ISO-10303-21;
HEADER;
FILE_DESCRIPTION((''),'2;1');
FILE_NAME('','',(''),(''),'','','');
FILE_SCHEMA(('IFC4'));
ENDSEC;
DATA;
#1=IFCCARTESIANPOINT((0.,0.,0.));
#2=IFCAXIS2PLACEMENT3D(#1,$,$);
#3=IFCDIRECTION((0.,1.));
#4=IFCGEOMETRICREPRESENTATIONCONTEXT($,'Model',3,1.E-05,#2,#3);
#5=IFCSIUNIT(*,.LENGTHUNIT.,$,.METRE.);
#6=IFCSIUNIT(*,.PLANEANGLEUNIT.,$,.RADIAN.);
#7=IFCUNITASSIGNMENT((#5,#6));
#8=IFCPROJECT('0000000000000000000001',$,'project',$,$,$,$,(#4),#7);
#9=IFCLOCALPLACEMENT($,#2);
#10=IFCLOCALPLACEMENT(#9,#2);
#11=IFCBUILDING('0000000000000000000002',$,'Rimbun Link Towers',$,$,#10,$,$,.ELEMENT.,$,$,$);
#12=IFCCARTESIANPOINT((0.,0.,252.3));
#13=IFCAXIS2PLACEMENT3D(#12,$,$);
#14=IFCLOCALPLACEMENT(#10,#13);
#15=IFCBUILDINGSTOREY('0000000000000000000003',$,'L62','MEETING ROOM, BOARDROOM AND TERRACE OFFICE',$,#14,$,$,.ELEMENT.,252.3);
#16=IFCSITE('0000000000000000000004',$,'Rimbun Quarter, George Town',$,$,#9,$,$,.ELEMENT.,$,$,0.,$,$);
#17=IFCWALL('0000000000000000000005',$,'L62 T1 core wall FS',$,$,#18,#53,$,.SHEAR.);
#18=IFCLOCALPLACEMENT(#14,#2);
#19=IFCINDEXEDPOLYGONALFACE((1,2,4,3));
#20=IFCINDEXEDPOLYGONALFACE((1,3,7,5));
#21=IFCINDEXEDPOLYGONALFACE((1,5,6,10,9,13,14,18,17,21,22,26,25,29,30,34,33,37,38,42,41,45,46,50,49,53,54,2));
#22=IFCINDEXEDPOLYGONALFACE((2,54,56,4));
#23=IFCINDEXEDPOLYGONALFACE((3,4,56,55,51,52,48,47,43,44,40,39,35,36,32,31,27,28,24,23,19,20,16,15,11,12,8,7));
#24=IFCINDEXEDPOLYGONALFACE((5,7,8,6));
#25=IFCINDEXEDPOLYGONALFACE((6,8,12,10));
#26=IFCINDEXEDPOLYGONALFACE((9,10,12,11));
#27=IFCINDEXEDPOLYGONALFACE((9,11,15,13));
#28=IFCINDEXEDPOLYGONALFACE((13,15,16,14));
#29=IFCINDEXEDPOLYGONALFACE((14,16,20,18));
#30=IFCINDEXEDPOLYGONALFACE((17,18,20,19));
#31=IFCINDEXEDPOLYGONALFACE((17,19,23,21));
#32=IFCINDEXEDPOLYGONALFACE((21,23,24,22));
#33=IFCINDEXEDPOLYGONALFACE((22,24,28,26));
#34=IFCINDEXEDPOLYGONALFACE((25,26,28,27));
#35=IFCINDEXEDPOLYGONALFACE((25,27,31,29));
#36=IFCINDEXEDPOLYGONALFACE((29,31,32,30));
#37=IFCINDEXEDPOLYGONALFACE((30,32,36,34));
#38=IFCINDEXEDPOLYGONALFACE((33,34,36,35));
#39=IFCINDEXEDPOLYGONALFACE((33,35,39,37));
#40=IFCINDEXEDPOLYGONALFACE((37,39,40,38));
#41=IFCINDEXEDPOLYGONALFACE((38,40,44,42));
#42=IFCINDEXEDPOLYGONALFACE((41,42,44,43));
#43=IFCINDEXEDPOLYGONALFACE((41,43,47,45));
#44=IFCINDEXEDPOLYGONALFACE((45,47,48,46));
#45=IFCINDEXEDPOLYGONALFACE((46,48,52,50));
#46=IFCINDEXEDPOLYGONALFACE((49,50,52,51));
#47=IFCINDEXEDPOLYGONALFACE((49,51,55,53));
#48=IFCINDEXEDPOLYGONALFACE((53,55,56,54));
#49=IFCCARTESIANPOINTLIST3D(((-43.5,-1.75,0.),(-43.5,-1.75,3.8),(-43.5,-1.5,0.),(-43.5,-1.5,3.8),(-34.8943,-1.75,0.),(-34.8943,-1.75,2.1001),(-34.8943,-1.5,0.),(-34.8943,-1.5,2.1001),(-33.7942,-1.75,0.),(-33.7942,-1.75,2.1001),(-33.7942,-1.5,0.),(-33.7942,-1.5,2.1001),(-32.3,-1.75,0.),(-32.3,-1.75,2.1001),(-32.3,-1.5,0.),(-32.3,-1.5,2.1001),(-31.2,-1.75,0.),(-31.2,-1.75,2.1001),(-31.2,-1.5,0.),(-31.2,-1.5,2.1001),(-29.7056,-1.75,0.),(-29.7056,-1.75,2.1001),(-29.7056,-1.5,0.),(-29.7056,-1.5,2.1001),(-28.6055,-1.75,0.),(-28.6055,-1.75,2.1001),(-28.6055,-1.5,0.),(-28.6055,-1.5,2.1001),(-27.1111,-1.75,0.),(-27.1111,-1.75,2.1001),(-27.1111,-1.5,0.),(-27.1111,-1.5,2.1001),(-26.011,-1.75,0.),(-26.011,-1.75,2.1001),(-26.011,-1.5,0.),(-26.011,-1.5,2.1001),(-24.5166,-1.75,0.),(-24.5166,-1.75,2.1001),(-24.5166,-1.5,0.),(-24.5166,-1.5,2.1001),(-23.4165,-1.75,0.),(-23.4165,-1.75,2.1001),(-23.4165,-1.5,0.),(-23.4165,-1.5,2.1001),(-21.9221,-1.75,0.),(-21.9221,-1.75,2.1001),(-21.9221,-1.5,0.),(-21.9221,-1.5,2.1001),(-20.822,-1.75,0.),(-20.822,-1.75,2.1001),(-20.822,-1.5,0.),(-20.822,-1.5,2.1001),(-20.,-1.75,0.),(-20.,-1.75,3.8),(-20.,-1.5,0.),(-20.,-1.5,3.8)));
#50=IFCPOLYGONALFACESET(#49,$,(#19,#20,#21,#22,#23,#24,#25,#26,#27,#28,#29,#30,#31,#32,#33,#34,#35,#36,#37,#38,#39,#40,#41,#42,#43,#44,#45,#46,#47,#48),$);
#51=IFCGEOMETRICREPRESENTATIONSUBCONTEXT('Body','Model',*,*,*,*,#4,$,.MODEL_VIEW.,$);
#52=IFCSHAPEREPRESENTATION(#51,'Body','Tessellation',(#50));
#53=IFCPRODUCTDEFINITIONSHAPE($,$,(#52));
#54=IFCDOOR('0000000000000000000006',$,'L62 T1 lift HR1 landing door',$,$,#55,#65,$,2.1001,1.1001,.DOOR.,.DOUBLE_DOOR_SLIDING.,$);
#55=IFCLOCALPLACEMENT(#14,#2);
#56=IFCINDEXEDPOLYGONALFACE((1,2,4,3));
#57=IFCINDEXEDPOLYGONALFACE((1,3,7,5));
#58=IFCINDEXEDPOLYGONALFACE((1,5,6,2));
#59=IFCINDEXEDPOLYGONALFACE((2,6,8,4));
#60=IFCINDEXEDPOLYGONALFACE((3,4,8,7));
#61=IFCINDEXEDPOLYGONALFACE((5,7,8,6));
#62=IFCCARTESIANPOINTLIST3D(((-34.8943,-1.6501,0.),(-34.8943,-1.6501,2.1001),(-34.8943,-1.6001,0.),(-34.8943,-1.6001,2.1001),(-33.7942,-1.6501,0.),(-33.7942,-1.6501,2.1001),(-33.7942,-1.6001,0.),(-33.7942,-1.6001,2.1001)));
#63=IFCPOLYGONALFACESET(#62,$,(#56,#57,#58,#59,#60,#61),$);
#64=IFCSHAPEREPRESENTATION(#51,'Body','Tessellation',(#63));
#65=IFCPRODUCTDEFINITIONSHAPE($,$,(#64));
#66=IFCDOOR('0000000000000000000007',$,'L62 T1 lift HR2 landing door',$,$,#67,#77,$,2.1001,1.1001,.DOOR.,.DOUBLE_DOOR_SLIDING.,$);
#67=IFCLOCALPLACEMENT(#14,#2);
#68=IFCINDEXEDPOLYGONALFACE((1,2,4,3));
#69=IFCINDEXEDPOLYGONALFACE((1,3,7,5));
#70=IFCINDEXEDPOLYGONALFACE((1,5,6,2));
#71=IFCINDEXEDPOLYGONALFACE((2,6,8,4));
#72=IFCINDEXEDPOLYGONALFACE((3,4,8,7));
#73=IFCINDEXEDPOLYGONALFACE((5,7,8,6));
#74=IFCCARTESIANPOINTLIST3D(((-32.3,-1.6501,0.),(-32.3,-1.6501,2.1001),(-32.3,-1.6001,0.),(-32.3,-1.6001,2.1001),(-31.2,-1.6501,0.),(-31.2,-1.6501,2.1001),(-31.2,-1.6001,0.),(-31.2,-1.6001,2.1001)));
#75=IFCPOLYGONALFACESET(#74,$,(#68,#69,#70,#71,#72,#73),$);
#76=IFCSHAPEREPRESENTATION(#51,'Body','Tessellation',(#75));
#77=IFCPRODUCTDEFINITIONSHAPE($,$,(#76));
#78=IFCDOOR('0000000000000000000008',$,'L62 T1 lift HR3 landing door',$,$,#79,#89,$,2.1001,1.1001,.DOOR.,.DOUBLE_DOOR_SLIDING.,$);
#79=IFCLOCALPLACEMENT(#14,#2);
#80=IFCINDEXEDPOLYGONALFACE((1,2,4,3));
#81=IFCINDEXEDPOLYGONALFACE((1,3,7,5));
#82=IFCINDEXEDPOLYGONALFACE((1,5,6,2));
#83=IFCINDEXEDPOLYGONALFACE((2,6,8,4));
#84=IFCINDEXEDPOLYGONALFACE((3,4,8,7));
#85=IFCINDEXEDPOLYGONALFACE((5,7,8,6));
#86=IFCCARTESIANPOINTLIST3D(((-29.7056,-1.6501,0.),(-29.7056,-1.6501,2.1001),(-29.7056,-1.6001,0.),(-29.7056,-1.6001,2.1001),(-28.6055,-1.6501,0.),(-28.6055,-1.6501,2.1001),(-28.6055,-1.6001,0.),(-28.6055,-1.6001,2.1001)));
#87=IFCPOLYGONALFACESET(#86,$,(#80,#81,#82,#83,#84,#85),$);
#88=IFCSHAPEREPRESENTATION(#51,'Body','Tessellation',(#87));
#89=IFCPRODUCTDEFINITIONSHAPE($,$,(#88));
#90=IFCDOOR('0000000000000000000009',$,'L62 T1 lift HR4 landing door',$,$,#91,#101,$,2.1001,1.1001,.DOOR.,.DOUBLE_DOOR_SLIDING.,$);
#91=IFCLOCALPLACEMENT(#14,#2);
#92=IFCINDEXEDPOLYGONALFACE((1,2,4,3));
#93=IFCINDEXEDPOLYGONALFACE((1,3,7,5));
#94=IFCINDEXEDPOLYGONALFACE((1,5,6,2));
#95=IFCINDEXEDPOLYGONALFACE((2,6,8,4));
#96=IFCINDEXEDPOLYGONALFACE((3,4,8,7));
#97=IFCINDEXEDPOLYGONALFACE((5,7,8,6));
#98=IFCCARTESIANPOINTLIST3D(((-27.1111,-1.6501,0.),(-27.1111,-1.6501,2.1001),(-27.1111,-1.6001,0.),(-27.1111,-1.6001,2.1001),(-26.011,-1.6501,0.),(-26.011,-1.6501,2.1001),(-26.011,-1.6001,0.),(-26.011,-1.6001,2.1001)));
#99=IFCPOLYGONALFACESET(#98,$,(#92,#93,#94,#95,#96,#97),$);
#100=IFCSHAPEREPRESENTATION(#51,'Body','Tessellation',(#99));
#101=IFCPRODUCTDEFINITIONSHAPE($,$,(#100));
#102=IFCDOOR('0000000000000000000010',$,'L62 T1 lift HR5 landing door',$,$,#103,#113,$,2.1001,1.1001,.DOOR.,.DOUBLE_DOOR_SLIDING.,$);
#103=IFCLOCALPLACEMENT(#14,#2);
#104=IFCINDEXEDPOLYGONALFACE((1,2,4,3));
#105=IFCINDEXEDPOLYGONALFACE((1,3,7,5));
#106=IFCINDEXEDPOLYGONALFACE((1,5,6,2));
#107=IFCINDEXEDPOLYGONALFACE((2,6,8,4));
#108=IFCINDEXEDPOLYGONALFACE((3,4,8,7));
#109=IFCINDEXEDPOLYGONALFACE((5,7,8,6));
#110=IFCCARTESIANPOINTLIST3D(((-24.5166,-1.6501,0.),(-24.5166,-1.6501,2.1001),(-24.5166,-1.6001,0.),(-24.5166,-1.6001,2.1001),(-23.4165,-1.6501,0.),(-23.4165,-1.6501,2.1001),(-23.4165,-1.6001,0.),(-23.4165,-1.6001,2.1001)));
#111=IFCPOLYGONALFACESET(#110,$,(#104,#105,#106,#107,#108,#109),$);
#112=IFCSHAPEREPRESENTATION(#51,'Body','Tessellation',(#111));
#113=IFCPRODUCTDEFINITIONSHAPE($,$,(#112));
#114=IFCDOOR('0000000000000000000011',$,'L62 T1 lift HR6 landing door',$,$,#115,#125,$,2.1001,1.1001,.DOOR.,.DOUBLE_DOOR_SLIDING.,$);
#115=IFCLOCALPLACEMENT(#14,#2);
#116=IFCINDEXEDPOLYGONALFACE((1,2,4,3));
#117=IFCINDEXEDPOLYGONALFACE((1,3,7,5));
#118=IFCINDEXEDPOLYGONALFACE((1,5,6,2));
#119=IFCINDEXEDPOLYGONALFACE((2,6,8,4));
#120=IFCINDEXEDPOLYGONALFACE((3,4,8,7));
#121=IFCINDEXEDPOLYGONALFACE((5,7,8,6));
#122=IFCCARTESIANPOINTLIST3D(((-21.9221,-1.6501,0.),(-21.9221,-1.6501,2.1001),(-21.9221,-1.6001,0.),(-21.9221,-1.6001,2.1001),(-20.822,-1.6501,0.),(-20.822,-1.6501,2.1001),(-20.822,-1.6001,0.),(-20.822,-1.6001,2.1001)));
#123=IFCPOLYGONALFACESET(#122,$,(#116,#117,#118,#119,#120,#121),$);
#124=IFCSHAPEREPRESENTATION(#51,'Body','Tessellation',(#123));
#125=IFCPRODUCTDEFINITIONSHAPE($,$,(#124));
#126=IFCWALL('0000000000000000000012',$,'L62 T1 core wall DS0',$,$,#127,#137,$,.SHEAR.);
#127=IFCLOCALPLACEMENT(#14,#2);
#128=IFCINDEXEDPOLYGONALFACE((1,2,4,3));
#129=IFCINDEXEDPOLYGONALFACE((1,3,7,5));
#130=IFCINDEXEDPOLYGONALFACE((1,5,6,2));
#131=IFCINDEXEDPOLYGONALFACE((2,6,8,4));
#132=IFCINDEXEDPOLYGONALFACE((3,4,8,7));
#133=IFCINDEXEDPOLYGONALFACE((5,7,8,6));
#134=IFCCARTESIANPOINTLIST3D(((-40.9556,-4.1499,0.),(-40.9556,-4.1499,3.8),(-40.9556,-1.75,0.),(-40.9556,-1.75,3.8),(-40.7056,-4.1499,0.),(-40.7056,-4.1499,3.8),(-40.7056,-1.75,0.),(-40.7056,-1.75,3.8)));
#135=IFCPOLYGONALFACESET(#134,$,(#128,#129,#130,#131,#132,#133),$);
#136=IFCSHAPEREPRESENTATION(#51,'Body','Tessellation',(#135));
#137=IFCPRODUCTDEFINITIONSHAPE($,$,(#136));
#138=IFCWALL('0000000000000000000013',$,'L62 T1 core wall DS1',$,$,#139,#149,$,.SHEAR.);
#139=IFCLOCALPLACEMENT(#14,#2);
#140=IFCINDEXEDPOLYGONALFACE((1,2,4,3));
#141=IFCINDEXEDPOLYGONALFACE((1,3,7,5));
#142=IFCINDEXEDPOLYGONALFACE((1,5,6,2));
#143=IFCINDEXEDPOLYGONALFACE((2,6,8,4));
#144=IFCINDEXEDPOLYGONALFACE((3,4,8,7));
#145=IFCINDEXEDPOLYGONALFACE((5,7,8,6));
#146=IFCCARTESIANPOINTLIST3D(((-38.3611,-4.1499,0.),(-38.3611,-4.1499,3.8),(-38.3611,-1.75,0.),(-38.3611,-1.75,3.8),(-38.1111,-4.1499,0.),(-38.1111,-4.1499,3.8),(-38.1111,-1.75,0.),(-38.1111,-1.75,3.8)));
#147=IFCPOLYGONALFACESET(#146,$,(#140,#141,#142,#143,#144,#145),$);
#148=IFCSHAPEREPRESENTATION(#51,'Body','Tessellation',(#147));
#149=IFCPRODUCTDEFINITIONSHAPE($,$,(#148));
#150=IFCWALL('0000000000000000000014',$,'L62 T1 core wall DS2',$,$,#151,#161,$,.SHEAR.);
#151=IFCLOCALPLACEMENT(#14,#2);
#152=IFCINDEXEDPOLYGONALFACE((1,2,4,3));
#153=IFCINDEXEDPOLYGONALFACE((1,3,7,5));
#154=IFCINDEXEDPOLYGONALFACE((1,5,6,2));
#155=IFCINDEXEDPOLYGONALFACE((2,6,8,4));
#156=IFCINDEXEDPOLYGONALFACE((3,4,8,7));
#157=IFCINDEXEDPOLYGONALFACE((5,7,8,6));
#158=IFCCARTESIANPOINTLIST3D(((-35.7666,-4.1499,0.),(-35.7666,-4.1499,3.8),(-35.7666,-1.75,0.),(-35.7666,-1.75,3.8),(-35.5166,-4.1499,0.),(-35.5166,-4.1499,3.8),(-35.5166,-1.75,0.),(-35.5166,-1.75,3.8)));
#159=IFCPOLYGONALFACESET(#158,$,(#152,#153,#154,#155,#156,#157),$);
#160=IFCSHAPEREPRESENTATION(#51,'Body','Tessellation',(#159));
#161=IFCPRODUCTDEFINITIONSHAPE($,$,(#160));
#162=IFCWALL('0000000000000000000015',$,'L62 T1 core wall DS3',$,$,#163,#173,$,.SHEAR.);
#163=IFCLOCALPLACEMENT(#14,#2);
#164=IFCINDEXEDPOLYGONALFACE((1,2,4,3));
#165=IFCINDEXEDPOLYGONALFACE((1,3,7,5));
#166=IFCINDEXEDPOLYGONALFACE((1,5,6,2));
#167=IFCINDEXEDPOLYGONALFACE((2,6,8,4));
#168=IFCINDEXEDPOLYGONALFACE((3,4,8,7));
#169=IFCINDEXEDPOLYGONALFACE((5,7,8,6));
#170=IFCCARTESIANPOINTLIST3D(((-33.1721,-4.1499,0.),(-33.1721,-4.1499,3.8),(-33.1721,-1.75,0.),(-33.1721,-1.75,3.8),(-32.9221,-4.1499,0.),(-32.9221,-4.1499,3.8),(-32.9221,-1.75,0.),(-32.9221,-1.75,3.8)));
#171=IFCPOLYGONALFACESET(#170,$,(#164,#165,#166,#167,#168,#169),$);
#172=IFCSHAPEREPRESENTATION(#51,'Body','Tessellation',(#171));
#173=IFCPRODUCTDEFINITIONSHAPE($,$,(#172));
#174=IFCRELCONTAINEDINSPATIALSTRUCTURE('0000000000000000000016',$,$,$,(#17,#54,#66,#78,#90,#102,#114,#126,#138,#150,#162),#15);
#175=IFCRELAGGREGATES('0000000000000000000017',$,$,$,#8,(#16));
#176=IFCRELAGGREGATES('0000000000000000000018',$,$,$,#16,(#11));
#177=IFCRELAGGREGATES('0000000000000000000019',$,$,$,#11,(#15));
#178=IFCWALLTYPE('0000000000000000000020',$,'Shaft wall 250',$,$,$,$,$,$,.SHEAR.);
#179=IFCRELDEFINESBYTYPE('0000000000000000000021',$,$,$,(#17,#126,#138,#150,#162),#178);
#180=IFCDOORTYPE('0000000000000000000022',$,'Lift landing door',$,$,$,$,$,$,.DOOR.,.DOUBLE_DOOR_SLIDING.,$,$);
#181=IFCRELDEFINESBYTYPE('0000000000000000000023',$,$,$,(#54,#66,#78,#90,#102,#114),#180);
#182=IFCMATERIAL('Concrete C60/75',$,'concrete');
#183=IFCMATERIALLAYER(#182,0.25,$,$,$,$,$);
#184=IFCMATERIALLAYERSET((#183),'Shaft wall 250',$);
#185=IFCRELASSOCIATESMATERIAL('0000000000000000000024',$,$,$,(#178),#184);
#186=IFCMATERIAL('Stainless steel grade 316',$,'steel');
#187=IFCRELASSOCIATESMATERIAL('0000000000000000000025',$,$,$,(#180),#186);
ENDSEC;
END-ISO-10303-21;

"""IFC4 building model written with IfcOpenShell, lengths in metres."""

from ifc_helpers import new_model, si_unit, direction, frame, frame_2d, origin, place, context, subcontext, project, spatial, rectangle, extrude, material, layer, layer_set, type_object, element, fill, save


model = new_model("IFC4")

# Units and contexts
model_context = context("Model", 3, precision=1e-05, world=origin(), true_north=direction((0.0, 1.0)))
body_context = subcontext(model_context, "Body", "Model", "MODEL_VIEW")
ifc_project = project(units=[si_unit("LENGTHUNIT", "METRE"), si_unit("PLANEANGLEUNIT", "RADIAN")], contexts=[model_context])

# Site, building, storey
site_placement = place(None, origin())
site = spatial("IfcSite", under=ifc_project, at=site_placement, Name="Rimbun Quarter, George Town", CompositionType="ELEMENT", RefElevation=0.0)
building_placement = place(site_placement, origin())
building = spatial("IfcBuilding", under=site, at=building_placement, Name="Rimbun Link Towers", CompositionType="ELEMENT")
storey_placement = place(building_placement, frame((0.0, 0.0, 252.3)))
storey = spatial("IfcBuildingStorey", under=building, at=storey_placement, Name="L62", Description="MEETING ROOM, BOARDROOM AND TERRACE OFFICE", CompositionType="ELEMENT", Elevation=252.3)

# Shared definitions
ifc_material_1 = material(Name="Concrete C60/75", Category="concrete")
ifc_layer_1 = layer(ifc_material_1, 0.25)
ifc_layer_set_1 = layer_set([ifc_layer_1], Name="Shaft wall 250")
wall_type_1 = type_object("IfcWallType", Name="Shaft wall 250", PredefinedType="SHEAR", material=ifc_layer_set_1)

# Wall, openings, doors
wall_1_placement = place(storey_placement, frame((-43.5, -1.625, 0.0), z_axis=(0.0, 0.0, 1.0), x_axis=(1.0, 0.0, 0.0)))
wall_1 = element("IfcWall", 1, at=wall_1_placement, inside=storey, type_object=wall_type_1, Name="L62 T1 core wall FS", PredefinedType="SHEAR", context=body_context, shape_type="SweptSolid", body=[
    extrude(rectangle(XDim=23.5, YDim=0.25, at=frame_2d((11.75, 0.0))), origin(), (0.0, 0.0, 1.0), 3.8),
])
opening_1_placement = place(wall_1_placement, frame((8.6057, 0.0, 0.0)))
opening_1 = element("IfcOpeningElement", 2, at=opening_1_placement, cuts=wall_1, PredefinedType="OPENING", context=body_context, shape_type="SweptSolid", body=[
    extrude(rectangle(XDim=1.1001, YDim=2.1001, at=frame_2d((0.55, 1.05))), frame((0.0, 0.135, 0.0), z_axis=(0.0, -1.0, 0.0), x_axis=(1.0, 0.0, 0.0)), (0.0, 0.0, 1.0), 0.27),
])
opening_2_placement = place(wall_1_placement, frame((11.2, 0.0, 0.0)))
opening_2 = element("IfcOpeningElement", 3, at=opening_2_placement, cuts=wall_1, PredefinedType="OPENING", context=body_context, shape_type="SweptSolid", body=[
    extrude(rectangle(XDim=1.1001, YDim=2.1001, at=frame_2d((0.55, 1.05))), frame((0.0, 0.135, 0.0), z_axis=(0.0, -1.0, 0.0), x_axis=(1.0, 0.0, 0.0)), (0.0, 0.0, 1.0), 0.27),
])
opening_3_placement = place(wall_1_placement, frame((13.7944, 0.0, 0.0)))
opening_3 = element("IfcOpeningElement", 4, at=opening_3_placement, cuts=wall_1, PredefinedType="OPENING", context=body_context, shape_type="SweptSolid", body=[
    extrude(rectangle(XDim=1.1001, YDim=2.1001, at=frame_2d((0.55, 1.05))), frame((0.0, 0.135, 0.0), z_axis=(0.0, -1.0, 0.0), x_axis=(1.0, 0.0, 0.0)), (0.0, 0.0, 1.0), 0.27),
])
opening_4_placement = place(wall_1_placement, frame((16.3889, 0.0, 0.0)))
opening_4 = element("IfcOpeningElement", 5, at=opening_4_placement, cuts=wall_1, PredefinedType="OPENING", context=body_context, shape_type="SweptSolid", body=[
    extrude(rectangle(XDim=1.1001, YDim=2.1001, at=frame_2d((0.55, 1.05))), frame((0.0, 0.135, 0.0), z_axis=(0.0, -1.0, 0.0), x_axis=(1.0, 0.0, 0.0)), (0.0, 0.0, 1.0), 0.27),
])
opening_5_placement = place(wall_1_placement, frame((18.9834, 0.0, 0.0)))
opening_5 = element("IfcOpeningElement", 6, at=opening_5_placement, cuts=wall_1, PredefinedType="OPENING", context=body_context, shape_type="SweptSolid", body=[
    extrude(rectangle(XDim=1.1001, YDim=2.1001, at=frame_2d((0.55, 1.05))), frame((0.0, 0.135, 0.0), z_axis=(0.0, -1.0, 0.0), x_axis=(1.0, 0.0, 0.0)), (0.0, 0.0, 1.0), 0.27),
])
opening_6_placement = place(wall_1_placement, frame((21.5779, 0.0, 0.0)))
opening_6 = element("IfcOpeningElement", 7, at=opening_6_placement, cuts=wall_1, PredefinedType="OPENING", context=body_context, shape_type="SweptSolid", body=[
    extrude(rectangle(XDim=1.1001, YDim=2.1001, at=frame_2d((0.55, 1.05))), frame((0.0, 0.135, 0.0), z_axis=(0.0, -1.0, 0.0), x_axis=(1.0, 0.0, 0.0)), (0.0, 0.0, 1.0), 0.27),
])
ifc_material_2 = material(Name="Stainless steel grade 316", Category="steel")
door_type_1 = type_object("IfcDoorType", Name="Lift landing door", OperationType="DOUBLE_DOOR_SLIDING", PredefinedType="DOOR", material=ifc_material_2)
door_1_placement = place(opening_1_placement, origin())
door_1 = element("IfcDoor", 8, at=door_1_placement, inside=storey, type_object=door_type_1, Name="L62 T1 lift HR1 landing door", OperationType="DOUBLE_DOOR_SLIDING", OverallHeight=2.1001, OverallWidth=1.1001, PredefinedType="DOOR", context=body_context, shape_type="SweptSolid", body=[
    extrude(rectangle(XDim=1.1001, YDim=2.1001, at=frame_2d((0.55, 1.05))), frame((0.0, 0.0249, 0.0), z_axis=(0.0, -1.0, 0.0), x_axis=(1.0, 0.0, 0.0)), (0.0, 0.0, 1.0), 0.05),
])
fill(opening_1, door_1)
door_2_placement = place(opening_2_placement, origin())
door_2 = element("IfcDoor", 9, at=door_2_placement, inside=storey, type_object=door_type_1, Name="L62 T1 lift HR2 landing door", OperationType="DOUBLE_DOOR_SLIDING", OverallHeight=2.1001, OverallWidth=1.1001, PredefinedType="DOOR", context=body_context, shape_type="SweptSolid", body=[
    extrude(rectangle(XDim=1.1001, YDim=2.1001, at=frame_2d((0.55, 1.05))), frame((0.0, 0.0249, 0.0), z_axis=(0.0, -1.0, 0.0), x_axis=(1.0, 0.0, 0.0)), (0.0, 0.0, 1.0), 0.05),
])
fill(opening_2, door_2)
door_3_placement = place(opening_3_placement, origin())
door_3 = element("IfcDoor", 10, at=door_3_placement, inside=storey, type_object=door_type_1, Name="L62 T1 lift HR3 landing door", OperationType="DOUBLE_DOOR_SLIDING", OverallHeight=2.1001, OverallWidth=1.1001, PredefinedType="DOOR", context=body_context, shape_type="SweptSolid", body=[
    extrude(rectangle(XDim=1.1001, YDim=2.1001, at=frame_2d((0.55, 1.05))), frame((0.0, 0.0249, 0.0), z_axis=(0.0, -1.0, 0.0), x_axis=(1.0, 0.0, 0.0)), (0.0, 0.0, 1.0), 0.05),
])
fill(opening_3, door_3)
door_4_placement = place(opening_4_placement, origin())
door_4 = element("IfcDoor", 11, at=door_4_placement, inside=storey, type_object=door_type_1, Name="L62 T1 lift HR4 landing door", OperationType="DOUBLE_DOOR_SLIDING", OverallHeight=2.1001, OverallWidth=1.1001, PredefinedType="DOOR", context=body_context, shape_type="SweptSolid", body=[
    extrude(rectangle(XDim=1.1001, YDim=2.1001, at=frame_2d((0.55, 1.05))), frame((0.0, 0.0249, 0.0), z_axis=(0.0, -1.0, 0.0), x_axis=(1.0, 0.0, 0.0)), (0.0, 0.0, 1.0), 0.05),
])
fill(opening_4, door_4)
door_5_placement = place(opening_5_placement, origin())
door_5 = element("IfcDoor", 12, at=door_5_placement, inside=storey, type_object=door_type_1, Name="L62 T1 lift HR5 landing door", OperationType="DOUBLE_DOOR_SLIDING", OverallHeight=2.1001, OverallWidth=1.1001, PredefinedType="DOOR", context=body_context, shape_type="SweptSolid", body=[
    extrude(rectangle(XDim=1.1001, YDim=2.1001, at=frame_2d((0.55, 1.05))), frame((0.0, 0.0249, 0.0), z_axis=(0.0, -1.0, 0.0), x_axis=(1.0, 0.0, 0.0)), (0.0, 0.0, 1.0), 0.05),
])
fill(opening_5, door_5)
door_6_placement = place(opening_6_placement, origin())
door_6 = element("IfcDoor", 13, at=door_6_placement, inside=storey, type_object=door_type_1, Name="L62 T1 lift HR6 landing door", OperationType="DOUBLE_DOOR_SLIDING", OverallHeight=2.1001, OverallWidth=1.1001, PredefinedType="DOOR", context=body_context, shape_type="SweptSolid", body=[
    extrude(rectangle(XDim=1.1001, YDim=2.1001, at=frame_2d((0.55, 1.05))), frame((0.0, 0.0249, 0.0), z_axis=(0.0, -1.0, 0.0), x_axis=(1.0, 0.0, 0.0)), (0.0, 0.0, 1.0), 0.05),
])
fill(opening_6, door_6)

# Walls
for number, where, z_axis, x_axis, name in (
    (14, (-40.8306, -4.1499, 0.0), (0.0, 0.0, 1.0), (0.0, 1.0, 0.0), "L62 T1 core wall DS0"),
    (15, (-38.2361, -4.1499, 0.0), (0.0, 0.0, 1.0), (0.0, 1.0, 0.0), "L62 T1 core wall DS1"),
    (16, (-35.6416, -4.1499, 0.0), (0.0, 0.0, 1.0), (0.0, 1.0, 0.0), "L62 T1 core wall DS2"),
    (17, (-33.0471, -4.1499, 0.0), (0.0, 0.0, 1.0), (0.0, 1.0, 0.0), "L62 T1 core wall DS3"),
):
    element("IfcWall", number, at=place(storey_placement, frame(where, z_axis=z_axis, x_axis=x_axis)), inside=storey, type_object=wall_type_1, Name=name, PredefinedType="SHEAR", context=body_context, shape_type="SweptSolid", body=[
        extrude(rectangle(XDim=2.3999, YDim=0.25, at=frame_2d((1.2, 0.0))), origin(), (0.0, 0.0, 1.0), 3.8),
    ])

save(model, "model.ifc")
